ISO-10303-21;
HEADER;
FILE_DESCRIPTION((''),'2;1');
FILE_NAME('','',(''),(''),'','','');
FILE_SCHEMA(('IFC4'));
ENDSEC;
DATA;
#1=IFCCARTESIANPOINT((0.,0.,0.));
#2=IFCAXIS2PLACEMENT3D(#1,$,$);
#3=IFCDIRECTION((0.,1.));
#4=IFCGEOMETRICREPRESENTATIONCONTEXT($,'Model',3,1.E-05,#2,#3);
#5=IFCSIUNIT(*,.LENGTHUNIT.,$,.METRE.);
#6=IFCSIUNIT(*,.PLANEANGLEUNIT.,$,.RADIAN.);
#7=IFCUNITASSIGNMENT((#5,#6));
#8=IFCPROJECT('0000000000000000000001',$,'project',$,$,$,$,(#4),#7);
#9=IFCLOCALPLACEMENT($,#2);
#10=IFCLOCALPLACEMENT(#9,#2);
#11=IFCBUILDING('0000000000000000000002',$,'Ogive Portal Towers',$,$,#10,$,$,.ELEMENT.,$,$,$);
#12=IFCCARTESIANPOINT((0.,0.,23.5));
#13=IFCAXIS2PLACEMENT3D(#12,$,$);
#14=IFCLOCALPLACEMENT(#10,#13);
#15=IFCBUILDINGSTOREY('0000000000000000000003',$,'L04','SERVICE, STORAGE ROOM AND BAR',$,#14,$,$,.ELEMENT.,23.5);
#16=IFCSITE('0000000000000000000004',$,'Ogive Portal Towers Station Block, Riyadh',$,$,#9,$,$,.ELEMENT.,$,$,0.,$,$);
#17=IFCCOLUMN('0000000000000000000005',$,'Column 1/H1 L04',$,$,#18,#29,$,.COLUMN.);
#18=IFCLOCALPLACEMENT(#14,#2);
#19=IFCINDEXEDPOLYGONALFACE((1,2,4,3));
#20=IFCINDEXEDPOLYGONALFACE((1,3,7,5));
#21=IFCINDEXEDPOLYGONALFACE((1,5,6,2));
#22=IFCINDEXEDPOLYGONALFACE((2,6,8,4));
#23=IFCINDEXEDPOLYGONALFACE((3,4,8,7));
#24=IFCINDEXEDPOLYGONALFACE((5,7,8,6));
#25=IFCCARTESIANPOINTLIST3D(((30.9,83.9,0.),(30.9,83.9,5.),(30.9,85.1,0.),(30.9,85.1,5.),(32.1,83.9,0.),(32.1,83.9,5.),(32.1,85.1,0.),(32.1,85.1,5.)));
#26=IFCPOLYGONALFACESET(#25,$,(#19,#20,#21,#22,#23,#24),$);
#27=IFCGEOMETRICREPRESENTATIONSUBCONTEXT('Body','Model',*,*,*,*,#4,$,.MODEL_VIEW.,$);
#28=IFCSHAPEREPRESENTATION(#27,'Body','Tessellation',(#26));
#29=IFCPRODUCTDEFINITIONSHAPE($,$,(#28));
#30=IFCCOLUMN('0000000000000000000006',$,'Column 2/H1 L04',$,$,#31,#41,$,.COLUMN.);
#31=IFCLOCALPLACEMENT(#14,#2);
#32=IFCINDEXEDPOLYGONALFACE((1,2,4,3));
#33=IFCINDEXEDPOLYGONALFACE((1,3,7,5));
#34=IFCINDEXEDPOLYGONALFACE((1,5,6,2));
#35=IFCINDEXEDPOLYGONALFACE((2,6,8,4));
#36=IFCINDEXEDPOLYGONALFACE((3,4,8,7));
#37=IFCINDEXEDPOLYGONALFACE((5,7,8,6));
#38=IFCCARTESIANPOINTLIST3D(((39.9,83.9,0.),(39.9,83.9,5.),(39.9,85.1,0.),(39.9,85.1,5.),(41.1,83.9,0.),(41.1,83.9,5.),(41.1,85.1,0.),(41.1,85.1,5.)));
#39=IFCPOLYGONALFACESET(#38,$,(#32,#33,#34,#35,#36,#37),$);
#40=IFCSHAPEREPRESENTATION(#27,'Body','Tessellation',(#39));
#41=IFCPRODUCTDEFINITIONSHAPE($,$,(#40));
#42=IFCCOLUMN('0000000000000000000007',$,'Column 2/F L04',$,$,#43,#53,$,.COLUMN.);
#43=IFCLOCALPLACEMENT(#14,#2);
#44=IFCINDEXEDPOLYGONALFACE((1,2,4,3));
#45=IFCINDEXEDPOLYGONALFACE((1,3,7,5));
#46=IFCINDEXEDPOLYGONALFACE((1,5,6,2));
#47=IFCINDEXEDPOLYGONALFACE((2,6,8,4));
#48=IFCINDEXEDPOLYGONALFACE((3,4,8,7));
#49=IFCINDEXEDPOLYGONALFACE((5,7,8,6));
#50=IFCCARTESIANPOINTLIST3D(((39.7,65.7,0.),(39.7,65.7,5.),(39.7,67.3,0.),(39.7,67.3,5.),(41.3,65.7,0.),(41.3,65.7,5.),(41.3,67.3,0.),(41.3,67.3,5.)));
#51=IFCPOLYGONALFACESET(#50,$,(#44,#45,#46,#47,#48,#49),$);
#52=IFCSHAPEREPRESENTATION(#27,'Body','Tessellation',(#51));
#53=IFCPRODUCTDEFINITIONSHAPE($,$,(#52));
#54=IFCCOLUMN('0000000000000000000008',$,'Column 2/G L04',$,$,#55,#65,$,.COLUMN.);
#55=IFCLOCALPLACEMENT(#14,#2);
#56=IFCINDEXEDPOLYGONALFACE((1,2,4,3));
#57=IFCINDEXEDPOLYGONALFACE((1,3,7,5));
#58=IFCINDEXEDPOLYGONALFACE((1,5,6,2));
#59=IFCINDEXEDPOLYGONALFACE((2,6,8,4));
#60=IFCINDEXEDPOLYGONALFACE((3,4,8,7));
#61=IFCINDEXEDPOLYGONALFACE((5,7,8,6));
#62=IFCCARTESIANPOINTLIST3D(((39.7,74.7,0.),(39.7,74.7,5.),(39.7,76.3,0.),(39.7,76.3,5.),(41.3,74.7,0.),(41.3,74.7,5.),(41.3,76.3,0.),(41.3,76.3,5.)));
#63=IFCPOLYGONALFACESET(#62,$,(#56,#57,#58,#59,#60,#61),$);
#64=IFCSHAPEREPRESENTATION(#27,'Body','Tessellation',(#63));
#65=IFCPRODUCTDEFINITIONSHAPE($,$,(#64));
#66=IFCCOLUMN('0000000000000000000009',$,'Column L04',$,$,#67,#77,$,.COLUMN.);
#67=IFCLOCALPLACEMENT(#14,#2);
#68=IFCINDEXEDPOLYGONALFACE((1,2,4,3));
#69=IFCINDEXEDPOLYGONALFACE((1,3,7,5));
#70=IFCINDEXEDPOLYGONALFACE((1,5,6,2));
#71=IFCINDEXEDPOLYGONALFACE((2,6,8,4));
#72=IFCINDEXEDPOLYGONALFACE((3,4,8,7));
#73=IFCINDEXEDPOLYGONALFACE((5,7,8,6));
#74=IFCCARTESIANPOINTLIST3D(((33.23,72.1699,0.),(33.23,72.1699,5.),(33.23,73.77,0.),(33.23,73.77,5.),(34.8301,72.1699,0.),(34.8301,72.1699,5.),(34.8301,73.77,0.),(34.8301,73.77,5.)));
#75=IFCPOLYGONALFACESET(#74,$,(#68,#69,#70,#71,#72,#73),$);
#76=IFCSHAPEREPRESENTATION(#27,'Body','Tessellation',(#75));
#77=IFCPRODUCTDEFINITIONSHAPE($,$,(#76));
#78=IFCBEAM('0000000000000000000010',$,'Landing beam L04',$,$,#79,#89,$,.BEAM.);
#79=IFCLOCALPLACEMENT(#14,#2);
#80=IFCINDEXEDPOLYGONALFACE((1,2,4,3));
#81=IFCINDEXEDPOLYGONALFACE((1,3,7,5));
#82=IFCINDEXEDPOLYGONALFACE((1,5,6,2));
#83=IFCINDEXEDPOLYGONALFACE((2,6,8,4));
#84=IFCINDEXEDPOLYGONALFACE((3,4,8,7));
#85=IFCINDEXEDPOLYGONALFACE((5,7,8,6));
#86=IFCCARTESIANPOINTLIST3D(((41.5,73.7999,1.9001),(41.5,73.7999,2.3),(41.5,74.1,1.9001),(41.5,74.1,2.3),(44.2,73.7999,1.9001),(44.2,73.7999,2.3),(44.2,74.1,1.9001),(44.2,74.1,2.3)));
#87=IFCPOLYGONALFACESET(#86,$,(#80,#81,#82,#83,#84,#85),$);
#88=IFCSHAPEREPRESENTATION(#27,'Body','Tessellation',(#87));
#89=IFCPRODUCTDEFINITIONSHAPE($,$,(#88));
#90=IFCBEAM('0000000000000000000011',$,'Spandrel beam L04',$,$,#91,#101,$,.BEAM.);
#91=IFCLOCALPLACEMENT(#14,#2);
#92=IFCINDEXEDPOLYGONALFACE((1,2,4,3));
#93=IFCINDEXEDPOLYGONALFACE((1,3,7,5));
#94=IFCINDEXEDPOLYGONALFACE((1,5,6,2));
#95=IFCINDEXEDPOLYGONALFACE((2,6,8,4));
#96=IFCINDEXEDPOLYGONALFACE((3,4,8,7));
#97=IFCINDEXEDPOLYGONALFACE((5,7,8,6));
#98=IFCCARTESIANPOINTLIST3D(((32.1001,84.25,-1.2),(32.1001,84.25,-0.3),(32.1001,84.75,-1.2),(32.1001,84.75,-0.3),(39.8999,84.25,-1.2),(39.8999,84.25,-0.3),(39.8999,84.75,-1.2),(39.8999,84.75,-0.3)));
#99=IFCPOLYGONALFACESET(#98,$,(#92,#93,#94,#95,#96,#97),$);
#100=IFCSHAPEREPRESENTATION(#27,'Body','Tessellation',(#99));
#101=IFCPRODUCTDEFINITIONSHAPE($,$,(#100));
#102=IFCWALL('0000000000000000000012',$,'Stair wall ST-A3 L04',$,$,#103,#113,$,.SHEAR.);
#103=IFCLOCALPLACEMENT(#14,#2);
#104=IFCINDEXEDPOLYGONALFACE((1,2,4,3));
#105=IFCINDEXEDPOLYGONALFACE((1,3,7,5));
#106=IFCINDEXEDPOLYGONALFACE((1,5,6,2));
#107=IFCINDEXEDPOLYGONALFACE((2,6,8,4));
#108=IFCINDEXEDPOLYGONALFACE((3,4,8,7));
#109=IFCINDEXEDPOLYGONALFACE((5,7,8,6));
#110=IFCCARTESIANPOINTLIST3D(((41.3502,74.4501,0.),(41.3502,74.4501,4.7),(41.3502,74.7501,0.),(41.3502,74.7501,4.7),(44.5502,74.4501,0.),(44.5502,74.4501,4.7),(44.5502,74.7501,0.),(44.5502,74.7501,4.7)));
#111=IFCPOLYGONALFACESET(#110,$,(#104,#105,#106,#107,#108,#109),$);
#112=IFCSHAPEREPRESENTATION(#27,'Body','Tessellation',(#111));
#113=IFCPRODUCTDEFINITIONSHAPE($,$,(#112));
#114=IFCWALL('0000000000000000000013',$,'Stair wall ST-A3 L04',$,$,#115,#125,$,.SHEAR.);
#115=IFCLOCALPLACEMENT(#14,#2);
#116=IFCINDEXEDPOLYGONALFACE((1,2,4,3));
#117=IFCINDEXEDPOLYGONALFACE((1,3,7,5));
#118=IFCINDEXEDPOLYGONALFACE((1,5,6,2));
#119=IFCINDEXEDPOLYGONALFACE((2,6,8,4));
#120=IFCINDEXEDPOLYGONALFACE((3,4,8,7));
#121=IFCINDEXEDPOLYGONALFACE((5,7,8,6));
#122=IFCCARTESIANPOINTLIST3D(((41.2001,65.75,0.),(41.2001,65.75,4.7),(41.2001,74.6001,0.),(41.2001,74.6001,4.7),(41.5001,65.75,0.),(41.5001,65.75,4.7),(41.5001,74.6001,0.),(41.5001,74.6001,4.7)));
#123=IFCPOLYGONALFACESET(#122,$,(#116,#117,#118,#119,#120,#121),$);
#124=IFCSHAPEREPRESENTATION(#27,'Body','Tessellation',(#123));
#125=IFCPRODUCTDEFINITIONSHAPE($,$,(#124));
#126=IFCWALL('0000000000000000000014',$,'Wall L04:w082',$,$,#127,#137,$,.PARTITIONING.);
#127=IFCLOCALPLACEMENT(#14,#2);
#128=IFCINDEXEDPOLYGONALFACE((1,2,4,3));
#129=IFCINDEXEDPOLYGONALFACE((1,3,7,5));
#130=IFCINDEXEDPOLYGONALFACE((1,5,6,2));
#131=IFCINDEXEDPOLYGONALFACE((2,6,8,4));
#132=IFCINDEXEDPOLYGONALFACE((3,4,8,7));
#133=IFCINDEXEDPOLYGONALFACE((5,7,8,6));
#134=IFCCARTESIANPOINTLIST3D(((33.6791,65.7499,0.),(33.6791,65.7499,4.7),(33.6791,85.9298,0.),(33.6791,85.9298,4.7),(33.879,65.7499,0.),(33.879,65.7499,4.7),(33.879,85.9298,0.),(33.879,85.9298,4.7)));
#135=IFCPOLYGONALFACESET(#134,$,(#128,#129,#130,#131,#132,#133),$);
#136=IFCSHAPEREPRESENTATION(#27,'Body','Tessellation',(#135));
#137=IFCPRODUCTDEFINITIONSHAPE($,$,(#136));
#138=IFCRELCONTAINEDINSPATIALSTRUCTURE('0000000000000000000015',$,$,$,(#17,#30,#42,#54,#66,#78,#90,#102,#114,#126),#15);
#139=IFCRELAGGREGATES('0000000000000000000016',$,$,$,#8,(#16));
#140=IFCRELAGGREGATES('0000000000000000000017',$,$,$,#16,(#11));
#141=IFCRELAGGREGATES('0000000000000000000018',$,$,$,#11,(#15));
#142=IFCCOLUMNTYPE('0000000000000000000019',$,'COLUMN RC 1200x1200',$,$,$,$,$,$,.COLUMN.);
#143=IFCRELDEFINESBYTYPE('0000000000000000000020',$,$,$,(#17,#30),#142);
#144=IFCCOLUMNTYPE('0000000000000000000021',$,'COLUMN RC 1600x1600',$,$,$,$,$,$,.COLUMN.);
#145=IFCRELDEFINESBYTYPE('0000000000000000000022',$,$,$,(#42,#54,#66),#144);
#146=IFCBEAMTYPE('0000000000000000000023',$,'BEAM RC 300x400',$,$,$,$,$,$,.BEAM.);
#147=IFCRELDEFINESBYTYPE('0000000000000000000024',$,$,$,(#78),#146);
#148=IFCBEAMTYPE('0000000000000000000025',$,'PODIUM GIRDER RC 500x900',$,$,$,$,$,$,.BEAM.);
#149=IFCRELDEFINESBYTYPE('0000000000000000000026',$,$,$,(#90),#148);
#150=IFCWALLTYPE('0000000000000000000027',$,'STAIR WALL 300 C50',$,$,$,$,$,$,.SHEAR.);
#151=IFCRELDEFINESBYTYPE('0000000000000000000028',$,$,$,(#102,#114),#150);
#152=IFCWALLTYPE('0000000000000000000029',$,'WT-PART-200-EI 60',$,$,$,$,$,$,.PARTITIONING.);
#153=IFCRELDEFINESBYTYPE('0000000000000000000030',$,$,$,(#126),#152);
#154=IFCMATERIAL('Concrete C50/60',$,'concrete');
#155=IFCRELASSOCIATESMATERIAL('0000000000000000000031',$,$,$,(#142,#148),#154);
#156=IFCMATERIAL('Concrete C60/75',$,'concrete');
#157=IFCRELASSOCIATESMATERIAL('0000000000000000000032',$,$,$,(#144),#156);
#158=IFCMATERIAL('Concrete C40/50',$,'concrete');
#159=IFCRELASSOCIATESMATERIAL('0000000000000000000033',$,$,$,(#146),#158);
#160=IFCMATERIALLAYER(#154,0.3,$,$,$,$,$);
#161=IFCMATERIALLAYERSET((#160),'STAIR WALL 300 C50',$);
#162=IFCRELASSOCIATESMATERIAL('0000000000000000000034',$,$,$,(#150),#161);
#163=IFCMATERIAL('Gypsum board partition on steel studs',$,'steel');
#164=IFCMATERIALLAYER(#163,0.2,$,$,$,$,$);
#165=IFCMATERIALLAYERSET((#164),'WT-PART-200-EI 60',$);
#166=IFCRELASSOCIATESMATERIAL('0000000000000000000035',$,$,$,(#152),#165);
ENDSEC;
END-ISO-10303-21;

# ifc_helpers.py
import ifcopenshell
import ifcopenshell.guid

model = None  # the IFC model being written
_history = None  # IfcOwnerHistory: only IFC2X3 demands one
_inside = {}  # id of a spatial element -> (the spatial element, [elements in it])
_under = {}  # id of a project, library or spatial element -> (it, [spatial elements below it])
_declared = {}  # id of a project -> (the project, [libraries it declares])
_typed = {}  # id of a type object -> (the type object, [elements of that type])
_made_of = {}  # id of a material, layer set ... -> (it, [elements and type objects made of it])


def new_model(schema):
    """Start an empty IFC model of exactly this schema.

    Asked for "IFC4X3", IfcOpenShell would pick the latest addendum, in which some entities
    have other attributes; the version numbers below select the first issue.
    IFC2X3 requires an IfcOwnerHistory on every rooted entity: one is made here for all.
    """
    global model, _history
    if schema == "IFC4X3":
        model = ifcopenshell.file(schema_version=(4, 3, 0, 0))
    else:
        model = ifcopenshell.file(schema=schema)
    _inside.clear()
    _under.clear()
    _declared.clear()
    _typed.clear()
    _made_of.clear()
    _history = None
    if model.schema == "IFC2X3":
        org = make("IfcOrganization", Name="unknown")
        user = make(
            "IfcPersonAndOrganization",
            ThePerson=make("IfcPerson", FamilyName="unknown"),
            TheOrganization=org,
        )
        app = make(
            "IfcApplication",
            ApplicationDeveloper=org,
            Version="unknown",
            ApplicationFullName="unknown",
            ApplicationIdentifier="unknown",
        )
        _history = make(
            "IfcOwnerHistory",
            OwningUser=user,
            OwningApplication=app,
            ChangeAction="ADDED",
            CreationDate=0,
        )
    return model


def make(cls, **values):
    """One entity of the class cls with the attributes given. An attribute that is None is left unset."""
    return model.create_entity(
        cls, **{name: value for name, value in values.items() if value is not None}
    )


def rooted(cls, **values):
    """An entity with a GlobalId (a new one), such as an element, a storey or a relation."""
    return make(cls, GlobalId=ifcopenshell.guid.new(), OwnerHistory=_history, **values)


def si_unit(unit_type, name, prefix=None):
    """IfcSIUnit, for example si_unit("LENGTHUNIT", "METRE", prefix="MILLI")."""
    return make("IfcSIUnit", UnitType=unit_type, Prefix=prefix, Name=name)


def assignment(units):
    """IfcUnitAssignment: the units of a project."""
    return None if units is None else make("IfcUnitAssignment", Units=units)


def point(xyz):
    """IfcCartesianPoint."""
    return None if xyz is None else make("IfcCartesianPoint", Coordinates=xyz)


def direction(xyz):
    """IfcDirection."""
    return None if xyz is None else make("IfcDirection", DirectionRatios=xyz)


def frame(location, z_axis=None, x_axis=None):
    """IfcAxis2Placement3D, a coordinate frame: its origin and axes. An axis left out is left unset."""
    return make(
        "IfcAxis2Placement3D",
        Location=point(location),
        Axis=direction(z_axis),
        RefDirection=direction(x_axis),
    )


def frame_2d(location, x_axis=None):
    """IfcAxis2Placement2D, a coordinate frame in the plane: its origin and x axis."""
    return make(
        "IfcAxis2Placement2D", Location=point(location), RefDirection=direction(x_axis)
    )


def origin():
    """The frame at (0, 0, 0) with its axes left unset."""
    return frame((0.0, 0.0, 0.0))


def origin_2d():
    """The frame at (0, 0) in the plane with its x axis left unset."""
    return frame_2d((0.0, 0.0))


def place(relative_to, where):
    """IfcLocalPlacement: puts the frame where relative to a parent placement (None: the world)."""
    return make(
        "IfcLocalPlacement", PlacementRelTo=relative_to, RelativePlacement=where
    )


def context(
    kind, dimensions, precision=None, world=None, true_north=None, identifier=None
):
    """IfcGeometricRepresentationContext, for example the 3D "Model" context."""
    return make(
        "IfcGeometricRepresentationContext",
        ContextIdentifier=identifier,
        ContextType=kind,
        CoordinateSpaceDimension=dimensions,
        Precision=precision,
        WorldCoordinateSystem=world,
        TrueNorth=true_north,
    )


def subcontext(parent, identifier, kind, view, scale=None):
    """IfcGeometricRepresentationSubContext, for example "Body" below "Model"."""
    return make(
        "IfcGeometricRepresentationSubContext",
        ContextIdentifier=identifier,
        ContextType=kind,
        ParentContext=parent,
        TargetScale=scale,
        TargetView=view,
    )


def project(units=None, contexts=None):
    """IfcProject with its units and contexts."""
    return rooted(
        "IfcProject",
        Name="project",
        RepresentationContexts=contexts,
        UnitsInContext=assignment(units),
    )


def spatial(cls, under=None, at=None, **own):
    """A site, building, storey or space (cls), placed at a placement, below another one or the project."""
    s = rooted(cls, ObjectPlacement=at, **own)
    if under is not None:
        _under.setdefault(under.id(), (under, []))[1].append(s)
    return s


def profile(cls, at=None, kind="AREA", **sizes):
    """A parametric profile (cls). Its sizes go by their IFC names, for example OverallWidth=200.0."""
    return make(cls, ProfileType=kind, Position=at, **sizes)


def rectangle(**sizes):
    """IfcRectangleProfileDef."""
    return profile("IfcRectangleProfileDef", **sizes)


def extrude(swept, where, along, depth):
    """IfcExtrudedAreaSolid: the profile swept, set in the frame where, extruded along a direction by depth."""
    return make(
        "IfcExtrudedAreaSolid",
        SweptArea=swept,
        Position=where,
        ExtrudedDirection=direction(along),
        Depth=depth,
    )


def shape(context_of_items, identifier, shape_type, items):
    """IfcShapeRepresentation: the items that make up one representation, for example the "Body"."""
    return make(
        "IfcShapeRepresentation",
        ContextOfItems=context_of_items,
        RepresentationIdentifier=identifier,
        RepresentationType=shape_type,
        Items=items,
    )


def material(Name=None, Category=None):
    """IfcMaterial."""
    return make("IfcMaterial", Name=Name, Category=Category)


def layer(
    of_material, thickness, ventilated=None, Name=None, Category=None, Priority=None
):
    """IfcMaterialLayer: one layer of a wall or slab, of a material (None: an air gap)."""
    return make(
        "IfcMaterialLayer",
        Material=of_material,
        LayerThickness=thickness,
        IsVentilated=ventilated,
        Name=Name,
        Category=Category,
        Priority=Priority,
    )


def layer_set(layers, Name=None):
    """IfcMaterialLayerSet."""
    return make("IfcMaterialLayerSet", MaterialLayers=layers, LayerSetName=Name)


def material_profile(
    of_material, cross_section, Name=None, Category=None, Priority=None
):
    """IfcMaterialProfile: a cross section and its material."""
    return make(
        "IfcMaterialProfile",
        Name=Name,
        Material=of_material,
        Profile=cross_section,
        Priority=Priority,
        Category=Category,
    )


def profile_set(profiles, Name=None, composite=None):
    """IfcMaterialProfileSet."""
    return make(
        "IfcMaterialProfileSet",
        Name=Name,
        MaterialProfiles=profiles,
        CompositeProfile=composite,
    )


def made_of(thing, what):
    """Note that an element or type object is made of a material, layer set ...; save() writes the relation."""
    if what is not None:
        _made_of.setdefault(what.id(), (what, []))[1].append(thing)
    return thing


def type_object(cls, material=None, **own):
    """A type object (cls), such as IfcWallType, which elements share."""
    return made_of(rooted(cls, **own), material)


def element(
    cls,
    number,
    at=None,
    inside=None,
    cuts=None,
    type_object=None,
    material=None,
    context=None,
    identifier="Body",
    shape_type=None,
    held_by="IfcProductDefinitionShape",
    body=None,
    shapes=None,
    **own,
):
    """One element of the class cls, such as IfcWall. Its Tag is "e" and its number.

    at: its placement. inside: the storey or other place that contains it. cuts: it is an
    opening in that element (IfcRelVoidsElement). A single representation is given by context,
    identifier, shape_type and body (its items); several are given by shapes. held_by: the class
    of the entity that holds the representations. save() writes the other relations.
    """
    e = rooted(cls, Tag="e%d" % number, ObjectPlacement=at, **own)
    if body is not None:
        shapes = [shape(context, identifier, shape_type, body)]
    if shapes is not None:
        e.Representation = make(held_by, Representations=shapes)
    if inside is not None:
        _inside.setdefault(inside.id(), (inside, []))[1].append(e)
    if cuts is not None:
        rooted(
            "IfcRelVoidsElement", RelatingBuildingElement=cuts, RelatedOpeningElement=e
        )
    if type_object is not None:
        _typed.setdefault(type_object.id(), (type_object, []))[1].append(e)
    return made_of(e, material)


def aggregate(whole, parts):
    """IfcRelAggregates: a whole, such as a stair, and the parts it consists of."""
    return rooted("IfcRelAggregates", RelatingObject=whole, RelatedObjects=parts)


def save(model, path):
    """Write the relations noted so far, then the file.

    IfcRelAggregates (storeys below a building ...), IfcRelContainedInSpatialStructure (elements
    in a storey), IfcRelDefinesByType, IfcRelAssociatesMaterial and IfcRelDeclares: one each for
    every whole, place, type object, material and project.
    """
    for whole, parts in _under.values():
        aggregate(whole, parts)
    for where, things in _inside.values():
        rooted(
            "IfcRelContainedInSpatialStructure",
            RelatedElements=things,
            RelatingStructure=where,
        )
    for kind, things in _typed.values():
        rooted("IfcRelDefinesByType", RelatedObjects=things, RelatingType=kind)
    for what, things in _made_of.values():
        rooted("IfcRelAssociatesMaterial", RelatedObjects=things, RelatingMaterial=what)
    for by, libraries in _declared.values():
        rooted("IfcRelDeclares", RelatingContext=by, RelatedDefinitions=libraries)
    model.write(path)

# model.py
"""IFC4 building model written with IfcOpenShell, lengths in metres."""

from ifc_helpers import new_model, si_unit, direction, frame, frame_2d, origin, origin_2d, place, context, subcontext, project, spatial, rectangle, extrude, material, layer, layer_set, material_profile, profile_set, type_object, element, save


model = new_model("IFC4")

# Units and contexts
model_context = context("Model", 3, precision=1e-05, world=origin(), true_north=direction((0.0, 1.0)))
body_context = subcontext(model_context, "Body", "Model", "MODEL_VIEW")
ifc_project = project(units=[si_unit("LENGTHUNIT", "METRE"), si_unit("PLANEANGLEUNIT", "RADIAN")], contexts=[model_context])

# Site, building, storey
site_placement = place(None, origin())
site = spatial("IfcSite", under=ifc_project, at=site_placement, Name="Ogive Portal Towers Station Block, Riyadh", CompositionType="ELEMENT", RefElevation=0.0)
building_placement = place(site_placement, origin())
building = spatial("IfcBuilding", under=site, at=building_placement, Name="Ogive Portal Towers", CompositionType="ELEMENT")
storey_placement = place(building_placement, frame((0.0, 0.0, 23.5)))
storey = spatial("IfcBuildingStorey", under=building, at=storey_placement, Name="L04", Description="SERVICE, STORAGE ROOM AND BAR", CompositionType="ELEMENT", Elevation=23.5)

# Columns
ifc_material_1 = material(Name="Concrete C50/60", Category="concrete")
ifc_material_profile_1 = material_profile(ifc_material_1, rectangle(XDim=1.2, YDim=1.2, at=origin_2d()), Name="RC 1200x1200")
ifc_profile_set_1 = profile_set([ifc_material_profile_1], Name="Concrete C50/60")
column_type_1 = type_object("IfcColumnType", Name="COLUMN RC 1200x1200", PredefinedType="COLUMN", material=ifc_profile_set_1)
for number, where, z_axis, x_axis, name in (
    (1, (31.5, 84.5, 0.0), (0.0, 0.0, 1.0), (1.0, 0.0, 0.0), "Column 1/H1 L04"),
    (2, (40.5, 84.5, 0.0), (0.0, 0.0, 1.0), (1.0, 0.0, 0.0), "Column 2/H1 L04"),
):
    element("IfcColumn", number, at=place(storey_placement, frame(where, z_axis=z_axis, x_axis=x_axis)), inside=storey, type_object=column_type_1, Name=name, PredefinedType="COLUMN", context=body_context, shape_type="SweptSolid", body=[
        extrude(rectangle(XDim=1.2, YDim=1.2, at=origin_2d()), origin(), (0.0, 0.0, 1.0), 5.0),
    ])
ifc_material_2 = material(Name="Concrete C60/75", Category="concrete")
ifc_material_profile_2 = material_profile(ifc_material_2, rectangle(XDim=1.6001, YDim=1.6001, at=origin_2d()), Name="RC 1600x1600")
ifc_profile_set_2 = profile_set([ifc_material_profile_2], Name="Concrete C60/75")
column_type_2 = type_object("IfcColumnType", Name="COLUMN RC 1600x1600", PredefinedType="COLUMN", material=ifc_profile_set_2)
for number, where, z_axis, x_axis, name in (
    (3, (40.5, 66.5, 0.0), (0.0, 0.0, 1.0), (1.0, 0.0, 0.0), "Column 2/F L04"),
    (4, (40.5, 75.5, 0.0), (0.0, 0.0, 1.0), (1.0, 0.0, 0.0), "Column 2/G L04"),
    (5, (34.03, 72.97, 0.0), (0.0, 0.0, 1.0), (1.0, 0.0, 0.0), "Column L04"),
):
    element("IfcColumn", number, at=place(storey_placement, frame(where, z_axis=z_axis, x_axis=x_axis)), inside=storey, type_object=column_type_2, Name=name, PredefinedType="COLUMN", context=body_context, shape_type="SweptSolid", body=[
        extrude(rectangle(XDim=1.6001, YDim=1.6001, at=origin_2d()), origin(), (0.0, 0.0, 1.0), 5.0),
    ])

# Beams
ifc_material_3 = material(Name="Concrete C40/50", Category="concrete")
ifc_material_profile_3 = material_profile(ifc_material_3, rectangle(XDim=0.3, YDim=0.3999, at=origin_2d()), Name="RC 300x400")
ifc_profile_set_3 = profile_set([ifc_material_profile_3], Name="Concrete C40/50")
beam_type_1 = type_object("IfcBeamType", Name="BEAM RC 300x400", PredefinedType="BEAM", material=ifc_profile_set_3)
beam_1_placement = place(storey_placement, frame((41.5, 73.95, 2.1001), z_axis=(1.0, 0.0, 0.0), x_axis=(0.0, 1.0, 0.0)))
element("IfcBeam", 6, at=beam_1_placement, inside=storey, type_object=beam_type_1, Name="Landing beam L04", PredefinedType="BEAM", context=body_context, shape_type="SweptSolid", body=[
    extrude(rectangle(XDim=0.3, YDim=0.3999, at=origin_2d()), origin(), (0.0, 0.0, 1.0), 2.7),
])
ifc_material_profile_4 = material_profile(ifc_material_1, rectangle(XDim=0.5, YDim=0.8999, at=origin_2d()), Name="RC 500x900")
ifc_profile_set_4 = profile_set([ifc_material_profile_4], Name="Concrete C50/60")
beam_type_2 = type_object("IfcBeamType", Name="PODIUM GIRDER RC 500x900", PredefinedType="BEAM", material=ifc_profile_set_4)
beam_2_placement = place(storey_placement, frame((39.8999, 84.5, -0.75), z_axis=(-1.0, 0.0, 0.0), x_axis=(0.0, -1.0, 0.0)))
element("IfcBeam", 7, at=beam_2_placement, inside=storey, type_object=beam_type_2, Name="Spandrel beam L04", PredefinedType="BEAM", context=body_context, shape_type="SweptSolid", body=[
    extrude(rectangle(XDim=0.5, YDim=0.8999, at=origin_2d()), origin(), (0.0, 0.0, 1.0), 7.7998),
])

# Walls
ifc_layer_1 = layer(ifc_material_1, 0.3)
ifc_layer_set_1 = layer_set([ifc_layer_1], Name="STAIR WALL 300 C50")
wall_type_1 = type_object("IfcWallType", Name="STAIR WALL 300 C50", PredefinedType="SHEAR", material=ifc_layer_set_1)
wall_1_placement = place(storey_placement, frame((41.3501, 74.6001, 0.0), z_axis=(0.0, 0.0, 1.0), x_axis=(1.0, 0.0, 0.0)))
element("IfcWall", 8, at=wall_1_placement, inside=storey, type_object=wall_type_1, Name="Stair wall ST-A3 L04", PredefinedType="SHEAR", context=body_context, shape_type="SweptSolid", body=[
    extrude(rectangle(XDim=3.2, YDim=0.3, at=frame_2d((1.6001, 0.0))), origin(), (0.0, 0.0, 1.0), 4.7),
])
wall_2_placement = place(storey_placement, frame((41.3501, 65.75, 0.0), z_axis=(0.0, 0.0, 1.0), x_axis=(0.0, 1.0, 0.0)))
element("IfcWall", 9, at=wall_2_placement, inside=storey, type_object=wall_type_1, Name="Stair wall ST-A3 L04", PredefinedType="SHEAR", context=body_context, shape_type="SweptSolid", body=[
    extrude(rectangle(XDim=8.8501, YDim=0.3, at=frame_2d((4.425, 0.0))), origin(), (0.0, 0.0, 1.0), 4.7),
])
ifc_material_4 = material(Name="Gypsum board partition on steel studs", Category="steel")
ifc_layer_2 = layer(ifc_material_4, 0.2)
ifc_layer_set_2 = layer_set([ifc_layer_2], Name="WT-PART-200-EI 60")
wall_type_2 = type_object("IfcWallType", Name="WT-PART-200-EI 60", PredefinedType="PARTITIONING", material=ifc_layer_set_2)
wall_3_placement = place(storey_placement, frame((33.7791, 65.75, 0.0), z_axis=(0.0, 0.0, 1.0), x_axis=(0.0, 1.0, 0.0)))
element("IfcWall", 10, at=wall_3_placement, inside=storey, type_object=wall_type_2, Name="Wall L04:w082", PredefinedType="PARTITIONING", context=body_context, shape_type="SweptSolid", body=[
    extrude(rectangle(XDim=20.1799, YDim=0.2, at=frame_2d((10.0898, 0.0))), origin(), (0.0, 0.0, 1.0), 4.7),
])

save(model, "model.ifc")
